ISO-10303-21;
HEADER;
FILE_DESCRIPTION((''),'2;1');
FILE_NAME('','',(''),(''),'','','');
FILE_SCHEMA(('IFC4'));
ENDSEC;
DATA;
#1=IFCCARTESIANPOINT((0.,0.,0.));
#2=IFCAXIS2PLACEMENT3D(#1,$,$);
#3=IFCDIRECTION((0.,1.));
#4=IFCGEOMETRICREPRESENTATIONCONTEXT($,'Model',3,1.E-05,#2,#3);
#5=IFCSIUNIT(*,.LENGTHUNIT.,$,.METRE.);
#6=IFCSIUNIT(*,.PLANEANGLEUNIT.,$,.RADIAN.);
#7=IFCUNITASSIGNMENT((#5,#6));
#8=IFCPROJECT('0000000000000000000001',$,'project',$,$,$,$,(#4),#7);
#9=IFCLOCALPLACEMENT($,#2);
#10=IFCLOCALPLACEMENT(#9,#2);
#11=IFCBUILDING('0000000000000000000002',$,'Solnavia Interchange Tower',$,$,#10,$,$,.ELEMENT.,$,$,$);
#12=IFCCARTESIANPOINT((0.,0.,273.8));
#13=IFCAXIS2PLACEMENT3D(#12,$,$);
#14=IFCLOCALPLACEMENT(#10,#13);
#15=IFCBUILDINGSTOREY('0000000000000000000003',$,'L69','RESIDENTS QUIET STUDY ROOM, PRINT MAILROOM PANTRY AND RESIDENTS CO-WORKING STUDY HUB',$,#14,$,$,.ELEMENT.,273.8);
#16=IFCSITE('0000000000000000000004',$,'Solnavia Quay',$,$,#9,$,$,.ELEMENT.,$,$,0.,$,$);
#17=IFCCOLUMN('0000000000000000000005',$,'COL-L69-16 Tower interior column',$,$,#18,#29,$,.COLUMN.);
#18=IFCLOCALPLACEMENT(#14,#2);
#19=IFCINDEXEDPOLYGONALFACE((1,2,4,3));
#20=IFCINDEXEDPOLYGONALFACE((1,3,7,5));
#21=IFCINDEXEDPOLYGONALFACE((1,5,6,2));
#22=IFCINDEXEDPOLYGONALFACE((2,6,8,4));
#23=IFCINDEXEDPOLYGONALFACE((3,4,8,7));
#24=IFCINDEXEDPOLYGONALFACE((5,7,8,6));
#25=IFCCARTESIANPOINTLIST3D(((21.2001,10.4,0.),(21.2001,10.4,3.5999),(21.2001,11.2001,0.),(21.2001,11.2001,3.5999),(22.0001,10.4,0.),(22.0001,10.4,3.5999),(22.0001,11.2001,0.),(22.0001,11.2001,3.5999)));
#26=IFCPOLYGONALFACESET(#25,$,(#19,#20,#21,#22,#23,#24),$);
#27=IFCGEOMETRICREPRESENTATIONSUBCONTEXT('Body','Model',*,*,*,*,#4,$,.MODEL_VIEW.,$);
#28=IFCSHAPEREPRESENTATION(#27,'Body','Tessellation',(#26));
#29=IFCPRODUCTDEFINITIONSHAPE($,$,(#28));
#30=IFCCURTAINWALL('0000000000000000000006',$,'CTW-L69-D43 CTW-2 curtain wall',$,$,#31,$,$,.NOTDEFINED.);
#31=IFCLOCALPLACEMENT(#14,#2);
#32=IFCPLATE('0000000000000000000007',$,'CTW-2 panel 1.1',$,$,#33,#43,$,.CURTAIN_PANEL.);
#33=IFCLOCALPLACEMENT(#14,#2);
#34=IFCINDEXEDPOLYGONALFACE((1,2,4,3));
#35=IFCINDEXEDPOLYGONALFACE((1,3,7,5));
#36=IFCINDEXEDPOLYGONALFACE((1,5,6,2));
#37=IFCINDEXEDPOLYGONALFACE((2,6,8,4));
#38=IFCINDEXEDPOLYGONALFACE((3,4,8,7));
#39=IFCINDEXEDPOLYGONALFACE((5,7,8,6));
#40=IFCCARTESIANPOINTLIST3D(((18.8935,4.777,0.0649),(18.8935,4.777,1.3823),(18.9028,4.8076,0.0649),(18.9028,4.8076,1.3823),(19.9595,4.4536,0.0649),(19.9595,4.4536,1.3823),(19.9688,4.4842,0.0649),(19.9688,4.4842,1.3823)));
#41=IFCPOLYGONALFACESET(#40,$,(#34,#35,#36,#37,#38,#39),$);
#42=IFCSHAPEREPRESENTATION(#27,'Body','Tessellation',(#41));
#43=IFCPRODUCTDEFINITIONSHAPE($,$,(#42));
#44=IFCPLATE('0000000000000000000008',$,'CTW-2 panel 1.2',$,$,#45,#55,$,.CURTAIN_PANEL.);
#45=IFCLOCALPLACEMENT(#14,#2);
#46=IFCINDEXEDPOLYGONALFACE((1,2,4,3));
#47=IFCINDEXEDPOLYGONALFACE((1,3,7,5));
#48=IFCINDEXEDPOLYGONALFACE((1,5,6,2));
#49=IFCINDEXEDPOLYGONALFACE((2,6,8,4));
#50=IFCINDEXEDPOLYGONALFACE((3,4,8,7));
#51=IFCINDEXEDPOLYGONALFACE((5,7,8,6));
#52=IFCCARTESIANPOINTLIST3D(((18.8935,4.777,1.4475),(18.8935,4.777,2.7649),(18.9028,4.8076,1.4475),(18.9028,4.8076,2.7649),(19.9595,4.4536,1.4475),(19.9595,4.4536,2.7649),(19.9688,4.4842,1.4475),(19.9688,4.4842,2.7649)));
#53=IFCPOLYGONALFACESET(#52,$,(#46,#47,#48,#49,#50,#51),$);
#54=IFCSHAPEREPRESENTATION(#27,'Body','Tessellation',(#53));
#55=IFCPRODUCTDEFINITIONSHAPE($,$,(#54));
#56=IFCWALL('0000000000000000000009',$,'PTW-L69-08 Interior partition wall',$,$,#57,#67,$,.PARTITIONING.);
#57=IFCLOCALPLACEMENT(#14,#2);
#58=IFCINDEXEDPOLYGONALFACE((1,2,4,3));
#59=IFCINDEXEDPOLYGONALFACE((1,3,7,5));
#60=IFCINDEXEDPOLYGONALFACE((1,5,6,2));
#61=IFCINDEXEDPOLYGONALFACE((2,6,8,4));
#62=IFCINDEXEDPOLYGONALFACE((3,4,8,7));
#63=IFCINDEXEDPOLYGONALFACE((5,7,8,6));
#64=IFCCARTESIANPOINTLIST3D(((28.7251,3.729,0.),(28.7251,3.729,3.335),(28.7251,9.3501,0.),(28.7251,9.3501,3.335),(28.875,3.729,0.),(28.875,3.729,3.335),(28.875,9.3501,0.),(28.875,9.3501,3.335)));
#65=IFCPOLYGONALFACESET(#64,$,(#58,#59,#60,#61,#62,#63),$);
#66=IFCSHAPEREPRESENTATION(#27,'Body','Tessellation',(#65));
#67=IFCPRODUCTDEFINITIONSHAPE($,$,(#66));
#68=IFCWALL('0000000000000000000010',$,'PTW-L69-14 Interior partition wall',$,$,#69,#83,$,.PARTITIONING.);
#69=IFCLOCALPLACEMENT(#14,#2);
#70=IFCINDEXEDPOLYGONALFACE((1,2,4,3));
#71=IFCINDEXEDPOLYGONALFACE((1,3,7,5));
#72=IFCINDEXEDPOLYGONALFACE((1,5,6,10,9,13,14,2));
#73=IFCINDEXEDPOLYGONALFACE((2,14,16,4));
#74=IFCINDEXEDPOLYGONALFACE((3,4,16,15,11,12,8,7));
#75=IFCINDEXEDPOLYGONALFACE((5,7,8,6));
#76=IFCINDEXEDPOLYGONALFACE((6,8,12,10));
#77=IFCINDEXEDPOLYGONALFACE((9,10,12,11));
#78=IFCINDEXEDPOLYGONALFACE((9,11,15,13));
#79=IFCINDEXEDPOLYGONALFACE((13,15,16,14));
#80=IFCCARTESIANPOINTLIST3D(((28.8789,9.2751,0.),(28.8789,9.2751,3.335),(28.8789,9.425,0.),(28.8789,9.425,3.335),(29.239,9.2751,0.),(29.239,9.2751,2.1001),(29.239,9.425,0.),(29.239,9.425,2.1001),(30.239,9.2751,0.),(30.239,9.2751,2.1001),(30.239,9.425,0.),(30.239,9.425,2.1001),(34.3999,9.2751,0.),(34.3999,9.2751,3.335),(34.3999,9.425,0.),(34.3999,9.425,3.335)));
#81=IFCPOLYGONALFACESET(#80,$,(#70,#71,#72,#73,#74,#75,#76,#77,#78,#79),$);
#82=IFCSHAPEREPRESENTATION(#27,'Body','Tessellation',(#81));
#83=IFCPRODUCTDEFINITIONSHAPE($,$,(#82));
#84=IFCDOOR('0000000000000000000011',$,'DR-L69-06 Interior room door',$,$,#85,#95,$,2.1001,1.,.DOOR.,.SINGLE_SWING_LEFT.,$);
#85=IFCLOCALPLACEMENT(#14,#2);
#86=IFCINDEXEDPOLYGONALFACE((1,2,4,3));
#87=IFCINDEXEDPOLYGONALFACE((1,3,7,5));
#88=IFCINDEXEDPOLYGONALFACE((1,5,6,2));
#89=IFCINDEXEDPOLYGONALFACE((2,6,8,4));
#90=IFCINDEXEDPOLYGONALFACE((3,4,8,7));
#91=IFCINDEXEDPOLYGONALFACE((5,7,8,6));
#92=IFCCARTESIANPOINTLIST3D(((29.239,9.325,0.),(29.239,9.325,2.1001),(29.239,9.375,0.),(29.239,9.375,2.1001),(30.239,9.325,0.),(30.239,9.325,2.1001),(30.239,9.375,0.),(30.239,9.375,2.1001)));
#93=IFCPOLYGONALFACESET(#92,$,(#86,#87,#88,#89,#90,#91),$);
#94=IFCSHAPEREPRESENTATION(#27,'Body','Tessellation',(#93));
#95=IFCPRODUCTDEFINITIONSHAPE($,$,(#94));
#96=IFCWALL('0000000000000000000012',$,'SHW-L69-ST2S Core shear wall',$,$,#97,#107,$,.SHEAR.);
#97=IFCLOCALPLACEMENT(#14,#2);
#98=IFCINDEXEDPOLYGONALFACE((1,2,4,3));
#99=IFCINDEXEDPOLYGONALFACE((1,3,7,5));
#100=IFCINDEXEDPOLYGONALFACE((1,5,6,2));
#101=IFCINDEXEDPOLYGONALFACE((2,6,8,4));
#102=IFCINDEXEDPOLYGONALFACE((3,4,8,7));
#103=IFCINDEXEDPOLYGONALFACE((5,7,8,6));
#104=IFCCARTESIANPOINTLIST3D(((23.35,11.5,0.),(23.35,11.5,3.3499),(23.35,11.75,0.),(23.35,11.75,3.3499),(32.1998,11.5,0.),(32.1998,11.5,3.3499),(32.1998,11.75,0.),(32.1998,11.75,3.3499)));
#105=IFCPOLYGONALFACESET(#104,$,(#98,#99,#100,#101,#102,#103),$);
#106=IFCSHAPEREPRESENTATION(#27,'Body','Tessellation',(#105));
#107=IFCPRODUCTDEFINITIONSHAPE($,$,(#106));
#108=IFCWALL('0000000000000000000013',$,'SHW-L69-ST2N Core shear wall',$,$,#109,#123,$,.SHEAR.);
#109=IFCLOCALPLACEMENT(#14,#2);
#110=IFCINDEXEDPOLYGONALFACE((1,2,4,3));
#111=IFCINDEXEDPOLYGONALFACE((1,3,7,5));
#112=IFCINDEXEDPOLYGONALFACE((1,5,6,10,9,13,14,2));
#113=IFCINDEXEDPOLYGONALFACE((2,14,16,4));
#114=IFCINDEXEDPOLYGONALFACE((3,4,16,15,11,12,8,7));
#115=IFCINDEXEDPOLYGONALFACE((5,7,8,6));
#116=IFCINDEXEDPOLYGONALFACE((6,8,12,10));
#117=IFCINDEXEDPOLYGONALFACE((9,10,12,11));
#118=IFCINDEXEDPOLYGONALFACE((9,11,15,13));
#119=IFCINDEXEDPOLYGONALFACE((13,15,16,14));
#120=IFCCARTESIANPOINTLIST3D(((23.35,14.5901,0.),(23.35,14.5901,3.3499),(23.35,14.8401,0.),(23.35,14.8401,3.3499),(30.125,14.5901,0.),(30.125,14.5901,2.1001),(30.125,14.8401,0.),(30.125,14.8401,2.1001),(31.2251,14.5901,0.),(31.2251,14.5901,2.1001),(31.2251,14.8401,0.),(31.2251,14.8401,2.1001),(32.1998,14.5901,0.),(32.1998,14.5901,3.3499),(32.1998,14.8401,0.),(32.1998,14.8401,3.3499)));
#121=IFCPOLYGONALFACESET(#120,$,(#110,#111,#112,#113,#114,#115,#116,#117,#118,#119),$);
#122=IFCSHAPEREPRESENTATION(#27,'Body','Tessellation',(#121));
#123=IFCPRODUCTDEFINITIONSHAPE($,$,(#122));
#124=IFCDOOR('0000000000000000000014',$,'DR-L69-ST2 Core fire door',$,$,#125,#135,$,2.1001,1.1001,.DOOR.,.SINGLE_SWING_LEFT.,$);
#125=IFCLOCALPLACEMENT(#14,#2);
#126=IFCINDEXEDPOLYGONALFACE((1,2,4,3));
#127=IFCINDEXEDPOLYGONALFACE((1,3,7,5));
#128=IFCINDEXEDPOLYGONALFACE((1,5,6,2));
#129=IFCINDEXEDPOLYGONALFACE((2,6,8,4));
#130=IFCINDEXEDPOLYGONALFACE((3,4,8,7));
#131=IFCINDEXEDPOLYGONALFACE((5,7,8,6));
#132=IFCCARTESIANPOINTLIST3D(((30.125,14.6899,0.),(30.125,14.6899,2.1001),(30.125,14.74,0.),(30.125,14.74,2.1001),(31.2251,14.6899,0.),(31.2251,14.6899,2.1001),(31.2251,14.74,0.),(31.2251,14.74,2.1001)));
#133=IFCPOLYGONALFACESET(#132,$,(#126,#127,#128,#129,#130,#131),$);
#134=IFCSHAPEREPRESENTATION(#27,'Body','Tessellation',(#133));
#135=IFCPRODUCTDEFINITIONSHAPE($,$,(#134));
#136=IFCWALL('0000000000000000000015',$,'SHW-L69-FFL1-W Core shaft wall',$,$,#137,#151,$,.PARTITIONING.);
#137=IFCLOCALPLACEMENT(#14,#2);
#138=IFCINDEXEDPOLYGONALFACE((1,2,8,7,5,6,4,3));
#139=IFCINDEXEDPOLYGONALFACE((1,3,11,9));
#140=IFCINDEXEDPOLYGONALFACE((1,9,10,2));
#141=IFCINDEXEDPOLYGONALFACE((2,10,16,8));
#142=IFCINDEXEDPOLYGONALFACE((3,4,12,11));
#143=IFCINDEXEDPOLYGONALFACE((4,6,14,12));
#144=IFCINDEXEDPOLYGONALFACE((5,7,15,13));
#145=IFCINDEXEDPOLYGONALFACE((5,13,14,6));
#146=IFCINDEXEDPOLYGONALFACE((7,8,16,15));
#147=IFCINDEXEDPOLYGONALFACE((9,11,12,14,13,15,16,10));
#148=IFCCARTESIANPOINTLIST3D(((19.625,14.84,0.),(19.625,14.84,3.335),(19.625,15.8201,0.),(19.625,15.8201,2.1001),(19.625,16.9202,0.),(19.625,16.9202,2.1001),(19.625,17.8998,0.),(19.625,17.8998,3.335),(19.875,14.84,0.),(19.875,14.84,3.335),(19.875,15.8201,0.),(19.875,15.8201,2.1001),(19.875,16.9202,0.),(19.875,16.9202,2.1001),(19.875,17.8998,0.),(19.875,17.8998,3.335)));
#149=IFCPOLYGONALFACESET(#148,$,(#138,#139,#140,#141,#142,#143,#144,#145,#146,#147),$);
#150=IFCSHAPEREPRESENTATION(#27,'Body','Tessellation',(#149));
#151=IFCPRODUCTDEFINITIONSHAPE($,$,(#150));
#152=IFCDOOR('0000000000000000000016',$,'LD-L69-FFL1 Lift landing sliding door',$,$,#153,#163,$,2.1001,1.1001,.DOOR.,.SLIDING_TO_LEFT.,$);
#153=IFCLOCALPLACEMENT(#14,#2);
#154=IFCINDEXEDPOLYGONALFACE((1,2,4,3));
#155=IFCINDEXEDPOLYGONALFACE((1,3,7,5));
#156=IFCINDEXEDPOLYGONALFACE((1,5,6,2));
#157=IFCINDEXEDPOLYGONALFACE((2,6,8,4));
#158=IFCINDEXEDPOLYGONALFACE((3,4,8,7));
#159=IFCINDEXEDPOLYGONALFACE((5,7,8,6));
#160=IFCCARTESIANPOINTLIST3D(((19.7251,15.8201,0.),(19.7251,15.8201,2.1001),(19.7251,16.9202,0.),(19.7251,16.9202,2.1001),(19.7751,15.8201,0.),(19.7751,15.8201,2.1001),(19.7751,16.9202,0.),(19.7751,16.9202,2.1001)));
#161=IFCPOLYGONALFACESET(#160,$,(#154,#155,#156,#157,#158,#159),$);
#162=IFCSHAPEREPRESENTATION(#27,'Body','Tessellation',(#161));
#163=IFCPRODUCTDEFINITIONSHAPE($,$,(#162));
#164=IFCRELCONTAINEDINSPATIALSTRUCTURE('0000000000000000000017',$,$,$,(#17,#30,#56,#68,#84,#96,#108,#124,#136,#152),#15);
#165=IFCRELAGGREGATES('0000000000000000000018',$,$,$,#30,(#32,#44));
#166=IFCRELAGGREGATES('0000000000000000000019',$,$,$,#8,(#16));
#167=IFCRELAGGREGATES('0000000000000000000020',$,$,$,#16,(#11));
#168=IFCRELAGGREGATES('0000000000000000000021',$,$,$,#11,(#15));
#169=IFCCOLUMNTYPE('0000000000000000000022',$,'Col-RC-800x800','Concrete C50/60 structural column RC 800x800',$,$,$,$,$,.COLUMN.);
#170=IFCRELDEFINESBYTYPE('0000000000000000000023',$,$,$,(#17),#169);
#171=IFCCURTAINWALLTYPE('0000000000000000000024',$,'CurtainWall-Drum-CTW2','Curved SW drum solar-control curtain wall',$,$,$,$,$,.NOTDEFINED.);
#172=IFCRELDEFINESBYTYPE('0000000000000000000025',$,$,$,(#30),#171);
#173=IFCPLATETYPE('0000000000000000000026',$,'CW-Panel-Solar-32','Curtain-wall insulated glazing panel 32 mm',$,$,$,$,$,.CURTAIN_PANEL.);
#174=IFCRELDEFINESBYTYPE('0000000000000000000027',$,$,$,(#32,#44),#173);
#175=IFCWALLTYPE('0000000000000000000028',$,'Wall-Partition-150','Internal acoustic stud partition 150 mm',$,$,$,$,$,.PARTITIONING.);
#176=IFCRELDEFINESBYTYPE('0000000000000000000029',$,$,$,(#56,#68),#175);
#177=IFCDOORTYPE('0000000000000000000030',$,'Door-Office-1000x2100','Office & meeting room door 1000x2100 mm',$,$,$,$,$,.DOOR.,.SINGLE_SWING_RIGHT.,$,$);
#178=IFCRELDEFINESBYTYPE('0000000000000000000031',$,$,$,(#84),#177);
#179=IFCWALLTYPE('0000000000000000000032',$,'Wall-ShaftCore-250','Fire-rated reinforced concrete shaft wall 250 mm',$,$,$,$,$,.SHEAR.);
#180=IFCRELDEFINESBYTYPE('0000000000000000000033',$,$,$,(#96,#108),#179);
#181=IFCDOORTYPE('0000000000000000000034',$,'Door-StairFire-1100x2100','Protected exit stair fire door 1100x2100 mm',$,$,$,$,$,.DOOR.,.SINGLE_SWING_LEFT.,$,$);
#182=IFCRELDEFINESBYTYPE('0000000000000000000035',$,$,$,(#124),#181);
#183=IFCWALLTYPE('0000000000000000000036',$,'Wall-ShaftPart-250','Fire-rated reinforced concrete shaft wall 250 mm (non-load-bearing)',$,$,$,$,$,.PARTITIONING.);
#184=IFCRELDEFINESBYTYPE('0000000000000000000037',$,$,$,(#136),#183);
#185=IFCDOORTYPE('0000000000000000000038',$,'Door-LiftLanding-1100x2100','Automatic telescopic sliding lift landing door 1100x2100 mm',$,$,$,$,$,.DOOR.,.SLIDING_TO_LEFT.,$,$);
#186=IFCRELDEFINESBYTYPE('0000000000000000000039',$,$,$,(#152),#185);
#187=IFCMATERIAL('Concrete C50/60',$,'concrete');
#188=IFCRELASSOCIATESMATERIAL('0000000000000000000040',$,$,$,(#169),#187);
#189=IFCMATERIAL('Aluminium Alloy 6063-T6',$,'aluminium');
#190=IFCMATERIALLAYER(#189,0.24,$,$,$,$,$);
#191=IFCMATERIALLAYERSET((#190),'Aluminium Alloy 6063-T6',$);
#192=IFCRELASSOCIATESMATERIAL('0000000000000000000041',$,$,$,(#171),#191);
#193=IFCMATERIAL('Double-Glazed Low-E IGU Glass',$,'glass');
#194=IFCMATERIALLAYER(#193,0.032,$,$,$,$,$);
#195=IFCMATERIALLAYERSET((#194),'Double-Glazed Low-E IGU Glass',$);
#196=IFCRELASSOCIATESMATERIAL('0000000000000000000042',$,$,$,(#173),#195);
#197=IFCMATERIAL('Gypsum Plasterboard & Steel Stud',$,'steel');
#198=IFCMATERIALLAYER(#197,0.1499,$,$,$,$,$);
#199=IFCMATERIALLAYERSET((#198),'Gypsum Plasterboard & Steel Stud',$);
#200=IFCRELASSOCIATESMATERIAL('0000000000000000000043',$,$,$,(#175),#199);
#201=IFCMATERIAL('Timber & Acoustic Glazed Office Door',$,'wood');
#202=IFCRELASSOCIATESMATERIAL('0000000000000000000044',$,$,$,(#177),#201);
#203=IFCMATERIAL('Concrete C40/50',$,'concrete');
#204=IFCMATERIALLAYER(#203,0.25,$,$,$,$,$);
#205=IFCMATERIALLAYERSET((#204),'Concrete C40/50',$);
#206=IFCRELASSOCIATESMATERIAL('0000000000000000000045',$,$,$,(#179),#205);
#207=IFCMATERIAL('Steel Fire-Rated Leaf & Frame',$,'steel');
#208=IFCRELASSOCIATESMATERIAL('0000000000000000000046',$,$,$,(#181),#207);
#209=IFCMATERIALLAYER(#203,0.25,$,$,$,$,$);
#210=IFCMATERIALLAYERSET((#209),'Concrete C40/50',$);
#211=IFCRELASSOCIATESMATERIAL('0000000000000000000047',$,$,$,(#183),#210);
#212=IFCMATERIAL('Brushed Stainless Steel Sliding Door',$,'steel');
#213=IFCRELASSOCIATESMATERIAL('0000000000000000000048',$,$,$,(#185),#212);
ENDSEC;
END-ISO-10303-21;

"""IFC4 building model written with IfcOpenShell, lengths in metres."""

from ifc_helpers import new_model, si_unit, direction, frame, frame_2d, origin, origin_2d, place, context, subcontext, project, spatial, rectangle, extrude, material, layer, layer_set, material_profile, profile_set, type_object, element, fill, aggregate, save


model = new_model("IFC4")

# Units and contexts
model_context = context("Model", 3, precision=1e-05, world=origin(), true_north=direction((0.0, 1.0)))
body_context = subcontext(model_context, "Body", "Model", "MODEL_VIEW")
ifc_project = project(units=[si_unit("LENGTHUNIT", "METRE"), si_unit("PLANEANGLEUNIT", "RADIAN")], contexts=[model_context])

# Site, building, storey
site_placement = place(None, origin())
site = spatial("IfcSite", under=ifc_project, at=site_placement, Name="Solnavia Quay", CompositionType="ELEMENT", RefElevation=0.0)
building_placement = place(site_placement, origin())
building = spatial("IfcBuilding", under=site, at=building_placement, Name="Solnavia Interchange Tower", CompositionType="ELEMENT")
storey_placement = place(building_placement, frame((0.0, 0.0, 273.8)))
storey = spatial("IfcBuildingStorey", under=building, at=storey_placement, Name="L69", Description="RESIDENTS QUIET STUDY ROOM, PRINT MAILROOM PANTRY AND RESIDENTS CO-WORKING STUDY HUB", CompositionType="ELEMENT", Elevation=273.8)

# Column
ifc_material_1 = material(Name="Concrete C50/60", Category="concrete")
ifc_material_profile = material_profile(ifc_material_1, rectangle(XDim=0.8, YDim=0.8, at=origin_2d()), Name="RC 800x800")
ifc_profile_set = profile_set([ifc_material_profile], Name="Concrete C50/60")
column_type = type_object("IfcColumnType", Name="Col-RC-800x800", Description="Concrete C50/60 structural column RC 800x800", PredefinedType="COLUMN", material=ifc_profile_set)
column_placement = place(storey_placement, frame((21.6001, 10.8, 0.0), z_axis=(0.0, 0.0, 1.0), x_axis=(1.0, 0.0, 0.0)))
element("IfcColumn", 1, at=column_placement, inside=storey, type_object=column_type, Name="COL-L69-16 Tower interior column", PredefinedType="COLUMN", context=body_context, shape_type="SweptSolid", body=[
    extrude(rectangle(XDim=0.8, YDim=0.8, at=origin_2d()), origin(), (0.0, 0.0, 1.0), 3.5999),
])

# Curtain wall, plates
ifc_material_2 = material(Name="Aluminium Alloy 6063-T6", Category="aluminium")
ifc_layer_1 = layer(ifc_material_2, 0.24)
ifc_layer_set_1 = layer_set([ifc_layer_1], Name="Aluminium Alloy 6063-T6")
curtain_wall_type = type_object("IfcCurtainWallType", Name="CurtainWall-Drum-CTW2", Description="Curved SW drum solar-control curtain wall", PredefinedType="NOTDEFINED", material=ifc_layer_set_1)
curtain_wall_placement = place(storey_placement, origin())
curtain_wall = element("IfcCurtainWall", 2, at=curtain_wall_placement, inside=storey, type_object=curtain_wall_type, Name="CTW-L69-D43 CTW-2 curtain wall", PredefinedType="NOTDEFINED")
ifc_material_3 = material(Name="Double-Glazed Low-E IGU Glass", Category="glass")
ifc_layer_2 = layer(ifc_material_3, 0.032)
ifc_layer_set_2 = layer_set([ifc_layer_2], Name="Double-Glazed Low-E IGU Glass")
plate_type = type_object("IfcPlateType", Name="CW-Panel-Solar-32", Description="Curtain-wall insulated glazing panel 32 mm", PredefinedType="CURTAIN_PANEL", material=ifc_layer_set_2)
plate_1_placement = place(storey_placement, frame((19.4312, 4.6306, 0.0649), z_axis=(0.0, 0.0, 1.0), x_axis=(0.956942, -0.290279, 0.0)))
plate_1 = element("IfcPlate", 3, at=plate_1_placement, type_object=plate_type, Name="CTW-2 panel 1.1", PredefinedType="CURTAIN_PANEL", context=body_context, shape_type="SweptSolid", body=[
    extrude(rectangle(XDim=1.114, YDim=0.032, at=origin_2d()), origin(), (0.0, 0.0, 1.0), 1.3174),
])
plate_2_placement = place(storey_placement, frame((19.4312, 4.6306, 1.4475), z_axis=(0.0, 0.0, 1.0), x_axis=(0.956942, -0.290279, 0.0)))
plate_2 = element("IfcPlate", 4, at=plate_2_placement, type_object=plate_type, Name="CTW-2 panel 1.2", PredefinedType="CURTAIN_PANEL", context=body_context, shape_type="SweptSolid", body=[
    extrude(rectangle(XDim=1.114, YDim=0.032, at=origin_2d()), origin(), (0.0, 0.0, 1.0), 1.3174),
])
aggregate(curtain_wall, [plate_1, plate_2])

# Wall
ifc_material_4 = material(Name="Gypsum Plasterboard & Steel Stud", Category="steel")
ifc_layer_3 = layer(ifc_material_4, 0.1499)
ifc_layer_set_3 = layer_set([ifc_layer_3], Name="Gypsum Plasterboard & Steel Stud")
wall_type_1 = type_object("IfcWallType", Name="Wall-Partition-150", Description="Internal acoustic stud partition 150 mm", PredefinedType="PARTITIONING", material=ifc_layer_set_3)
wall_1_placement = place(storey_placement, frame((28.8, 9.3501, 0.0), z_axis=(0.0, 0.0, 1.0), x_axis=(0.0, -1.0, 0.0)))
element("IfcWall", 5, at=wall_1_placement, inside=storey, type_object=wall_type_1, Name="PTW-L69-08 Interior partition wall", PredefinedType="PARTITIONING", context=body_context, shape_type="SweptSolid", body=[
    extrude(rectangle(XDim=5.6211, YDim=0.1499, at=frame_2d((2.8105, 0.0))), origin(), (0.0, 0.0, 1.0), 3.335),
])

# Wall, opening, door
wall_2_placement = place(storey_placement, frame((28.8789, 9.3501, 0.0), z_axis=(0.0, 0.0, 1.0), x_axis=(1.0, 0.0, 0.0)))
wall_2 = element("IfcWall", 6, at=wall_2_placement, inside=storey, type_object=wall_type_1, Name="PTW-L69-14 Interior partition wall", PredefinedType="PARTITIONING", context=body_context, shape_type="SweptSolid", body=[
    extrude(rectangle(XDim=5.521, YDim=0.1499, at=frame_2d((2.7605, 0.0))), origin(), (0.0, 0.0, 1.0), 3.335),
])
opening_1_placement = place(wall_2_placement, frame((0.3601, 0.0, 0.0)))
opening_1 = element("IfcOpeningElement", 7, at=opening_1_placement, cuts=wall_2, PredefinedType="OPENING", context=body_context, shape_type="SweptSolid", body=[
    extrude(rectangle(XDim=1.0, YDim=2.1001, at=frame_2d((0.5, 1.05))), frame((0.0, 0.085, 0.0), z_axis=(0.0, -1.0, 0.0), x_axis=(1.0, 0.0, 0.0)), (0.0, 0.0, 1.0), 0.1699),
])
ifc_material_5 = material(Name="Timber & Acoustic Glazed Office Door", Category="wood")
door_type_1 = type_object("IfcDoorType", Name="Door-Office-1000x2100", Description="Office & meeting room door 1000x2100 mm", OperationType="SINGLE_SWING_RIGHT", PredefinedType="DOOR", material=ifc_material_5)
door_1_placement = place(opening_1_placement, origin())
door_1 = element("IfcDoor", 8, at=door_1_placement, inside=storey, type_object=door_type_1, Name="DR-L69-06 Interior room door", OperationType="SINGLE_SWING_LEFT", OverallHeight=2.1001, OverallWidth=1.0, PredefinedType="DOOR", context=body_context, shape_type="SweptSolid", body=[
    extrude(rectangle(XDim=1.0, YDim=2.1001, at=frame_2d((0.5, 1.05))), frame((0.0, 0.0249, 0.0), z_axis=(0.0, -1.0, 0.0), x_axis=(1.0, 0.0, 0.0)), (0.0, 0.0, 1.0), 0.05),
])
fill(opening_1, door_1)

# Wall
ifc_material_6 = material(Name="Concrete C40/50", Category="concrete")
ifc_layer_4 = layer(ifc_material_6, 0.25)
ifc_layer_set_4 = layer_set([ifc_layer_4], Name="Concrete C40/50")
wall_type_2 = type_object("IfcWallType", Name="Wall-ShaftCore-250", Description="Fire-rated reinforced concrete shaft wall 250 mm", PredefinedType="SHEAR", material=ifc_layer_set_4)
wall_3_placement = place(storey_placement, frame((23.3501, 11.625, 0.0), z_axis=(0.0, 0.0, 1.0), x_axis=(1.0, 0.0, 0.0)))
element("IfcWall", 9, at=wall_3_placement, inside=storey, type_object=wall_type_2, Name="SHW-L69-ST2S Core shear wall", PredefinedType="SHEAR", context=body_context, shape_type="SweptSolid", body=[
    extrude(rectangle(XDim=8.8499, YDim=0.25, at=frame_2d((4.4248, 0.0))), origin(), (0.0, 0.0, 1.0), 3.3499),
])

# Walls, openings, doors
wall_4_placement = place(storey_placement, frame((23.3501, 14.7151, 0.0), z_axis=(0.0, 0.0, 1.0), x_axis=(1.0, 0.0, 0.0)))
wall_4 = element("IfcWall", 10, at=wall_4_placement, inside=storey, type_object=wall_type_2, Name="SHW-L69-ST2N Core shear wall", PredefinedType="SHEAR", context=body_context, shape_type="SweptSolid", body=[
    extrude(rectangle(XDim=8.8499, YDim=0.25, at=frame_2d((4.4248, 0.0))), origin(), (0.0, 0.0, 1.0), 3.3499),
])
opening_2_placement = place(wall_4_placement, frame((6.7749, 0.0, 0.0)))
opening_2 = element("IfcOpeningElement", 11, at=opening_2_placement, cuts=wall_4, PredefinedType="OPENING", context=body_context, shape_type="SweptSolid", body=[
    extrude(rectangle(XDim=1.1001, YDim=2.1001, at=frame_2d((0.55, 1.05))), frame((0.0, 0.135, 0.0), z_axis=(0.0, -1.0, 0.0), x_axis=(1.0, 0.0, 0.0)), (0.0, 0.0, 1.0), 0.27),
])
ifc_material_7 = material(Name="Steel Fire-Rated Leaf & Frame", Category="steel")
door_type_2 = type_object("IfcDoorType", Name="Door-StairFire-1100x2100", Description="Protected exit stair fire door 1100x2100 mm", OperationType="SINGLE_SWING_LEFT", PredefinedType="DOOR", material=ifc_material_7)
door_2_placement = place(opening_2_placement, origin())
door_2 = element("IfcDoor", 12, at=door_2_placement, inside=storey, type_object=door_type_2, Name="DR-L69-ST2 Core fire door", OperationType="SINGLE_SWING_LEFT", OverallHeight=2.1001, OverallWidth=1.1001, PredefinedType="DOOR", context=body_context, shape_type="SweptSolid", body=[
    extrude(rectangle(XDim=1.1001, YDim=2.1001, at=frame_2d((0.55, 1.05))), frame((0.0, 0.0249, 0.0), z_axis=(0.0, -1.0, 0.0), x_axis=(1.0, 0.0, 0.0)), (0.0, 0.0, 1.0), 0.05),
])
fill(opening_2, door_2)
ifc_layer_5 = layer(ifc_material_6, 0.25)
ifc_layer_set_5 = layer_set([ifc_layer_5], Name="Concrete C40/50")
wall_type_3 = type_object("IfcWallType", Name="Wall-ShaftPart-250", Description="Fire-rated reinforced concrete shaft wall 250 mm (non-load-bearing)", PredefinedType="PARTITIONING", material=ifc_layer_set_5)
wall_5_placement = place(storey_placement, frame((19.75, 14.8401, 0.0), z_axis=(0.0, 0.0, 1.0), x_axis=(0.0, 1.0, 0.0)))
wall_5 = element("IfcWall", 13, at=wall_5_placement, inside=storey, type_object=wall_type_3, Name="SHW-L69-FFL1-W Core shaft wall", PredefinedType="PARTITIONING", context=body_context, shape_type="SweptSolid", body=[
    extrude(rectangle(XDim=3.0598, YDim=0.25, at=frame_2d((1.5298, 0.0))), origin(), (0.0, 0.0, 1.0), 3.335),
])
opening_3_placement = place(wall_5_placement, frame((0.98, 0.0, 0.0)))
opening_3 = element("IfcOpeningElement", 14, at=opening_3_placement, cuts=wall_5, PredefinedType="OPENING", context=body_context, shape_type="SweptSolid", body=[
    extrude(rectangle(XDim=1.1001, YDim=2.1001, at=frame_2d((0.55, 1.05))), frame((0.0, 0.135, 0.0), z_axis=(0.0, -1.0, 0.0), x_axis=(1.0, 0.0, 0.0)), (0.0, 0.0, 1.0), 0.27),
])
ifc_material_8 = material(Name="Brushed Stainless Steel Sliding Door", Category="steel")
door_type_3 = type_object("IfcDoorType", Name="Door-LiftLanding-1100x2100", Description="Automatic telescopic sliding lift landing door 1100x2100 mm", OperationType="SLIDING_TO_LEFT", PredefinedType="DOOR", material=ifc_material_8)
door_3_placement = place(opening_3_placement, origin())
door_3 = element("IfcDoor", 15, at=door_3_placement, inside=storey, type_object=door_type_3, Name="LD-L69-FFL1 Lift landing sliding door", OperationType="SLIDING_TO_LEFT", OverallHeight=2.1001, OverallWidth=1.1001, PredefinedType="DOOR", context=body_context, shape_type="SweptSolid", body=[
    extrude(rectangle(XDim=1.1001, YDim=2.1001, at=frame_2d((0.55, 1.05))), frame((0.0, 0.0249, 0.0), z_axis=(0.0, -1.0, 0.0), x_axis=(1.0, 0.0, 0.0)), (0.0, 0.0, 1.0), 0.05),
])
fill(opening_3, door_3)

save(model, "model.ifc")
